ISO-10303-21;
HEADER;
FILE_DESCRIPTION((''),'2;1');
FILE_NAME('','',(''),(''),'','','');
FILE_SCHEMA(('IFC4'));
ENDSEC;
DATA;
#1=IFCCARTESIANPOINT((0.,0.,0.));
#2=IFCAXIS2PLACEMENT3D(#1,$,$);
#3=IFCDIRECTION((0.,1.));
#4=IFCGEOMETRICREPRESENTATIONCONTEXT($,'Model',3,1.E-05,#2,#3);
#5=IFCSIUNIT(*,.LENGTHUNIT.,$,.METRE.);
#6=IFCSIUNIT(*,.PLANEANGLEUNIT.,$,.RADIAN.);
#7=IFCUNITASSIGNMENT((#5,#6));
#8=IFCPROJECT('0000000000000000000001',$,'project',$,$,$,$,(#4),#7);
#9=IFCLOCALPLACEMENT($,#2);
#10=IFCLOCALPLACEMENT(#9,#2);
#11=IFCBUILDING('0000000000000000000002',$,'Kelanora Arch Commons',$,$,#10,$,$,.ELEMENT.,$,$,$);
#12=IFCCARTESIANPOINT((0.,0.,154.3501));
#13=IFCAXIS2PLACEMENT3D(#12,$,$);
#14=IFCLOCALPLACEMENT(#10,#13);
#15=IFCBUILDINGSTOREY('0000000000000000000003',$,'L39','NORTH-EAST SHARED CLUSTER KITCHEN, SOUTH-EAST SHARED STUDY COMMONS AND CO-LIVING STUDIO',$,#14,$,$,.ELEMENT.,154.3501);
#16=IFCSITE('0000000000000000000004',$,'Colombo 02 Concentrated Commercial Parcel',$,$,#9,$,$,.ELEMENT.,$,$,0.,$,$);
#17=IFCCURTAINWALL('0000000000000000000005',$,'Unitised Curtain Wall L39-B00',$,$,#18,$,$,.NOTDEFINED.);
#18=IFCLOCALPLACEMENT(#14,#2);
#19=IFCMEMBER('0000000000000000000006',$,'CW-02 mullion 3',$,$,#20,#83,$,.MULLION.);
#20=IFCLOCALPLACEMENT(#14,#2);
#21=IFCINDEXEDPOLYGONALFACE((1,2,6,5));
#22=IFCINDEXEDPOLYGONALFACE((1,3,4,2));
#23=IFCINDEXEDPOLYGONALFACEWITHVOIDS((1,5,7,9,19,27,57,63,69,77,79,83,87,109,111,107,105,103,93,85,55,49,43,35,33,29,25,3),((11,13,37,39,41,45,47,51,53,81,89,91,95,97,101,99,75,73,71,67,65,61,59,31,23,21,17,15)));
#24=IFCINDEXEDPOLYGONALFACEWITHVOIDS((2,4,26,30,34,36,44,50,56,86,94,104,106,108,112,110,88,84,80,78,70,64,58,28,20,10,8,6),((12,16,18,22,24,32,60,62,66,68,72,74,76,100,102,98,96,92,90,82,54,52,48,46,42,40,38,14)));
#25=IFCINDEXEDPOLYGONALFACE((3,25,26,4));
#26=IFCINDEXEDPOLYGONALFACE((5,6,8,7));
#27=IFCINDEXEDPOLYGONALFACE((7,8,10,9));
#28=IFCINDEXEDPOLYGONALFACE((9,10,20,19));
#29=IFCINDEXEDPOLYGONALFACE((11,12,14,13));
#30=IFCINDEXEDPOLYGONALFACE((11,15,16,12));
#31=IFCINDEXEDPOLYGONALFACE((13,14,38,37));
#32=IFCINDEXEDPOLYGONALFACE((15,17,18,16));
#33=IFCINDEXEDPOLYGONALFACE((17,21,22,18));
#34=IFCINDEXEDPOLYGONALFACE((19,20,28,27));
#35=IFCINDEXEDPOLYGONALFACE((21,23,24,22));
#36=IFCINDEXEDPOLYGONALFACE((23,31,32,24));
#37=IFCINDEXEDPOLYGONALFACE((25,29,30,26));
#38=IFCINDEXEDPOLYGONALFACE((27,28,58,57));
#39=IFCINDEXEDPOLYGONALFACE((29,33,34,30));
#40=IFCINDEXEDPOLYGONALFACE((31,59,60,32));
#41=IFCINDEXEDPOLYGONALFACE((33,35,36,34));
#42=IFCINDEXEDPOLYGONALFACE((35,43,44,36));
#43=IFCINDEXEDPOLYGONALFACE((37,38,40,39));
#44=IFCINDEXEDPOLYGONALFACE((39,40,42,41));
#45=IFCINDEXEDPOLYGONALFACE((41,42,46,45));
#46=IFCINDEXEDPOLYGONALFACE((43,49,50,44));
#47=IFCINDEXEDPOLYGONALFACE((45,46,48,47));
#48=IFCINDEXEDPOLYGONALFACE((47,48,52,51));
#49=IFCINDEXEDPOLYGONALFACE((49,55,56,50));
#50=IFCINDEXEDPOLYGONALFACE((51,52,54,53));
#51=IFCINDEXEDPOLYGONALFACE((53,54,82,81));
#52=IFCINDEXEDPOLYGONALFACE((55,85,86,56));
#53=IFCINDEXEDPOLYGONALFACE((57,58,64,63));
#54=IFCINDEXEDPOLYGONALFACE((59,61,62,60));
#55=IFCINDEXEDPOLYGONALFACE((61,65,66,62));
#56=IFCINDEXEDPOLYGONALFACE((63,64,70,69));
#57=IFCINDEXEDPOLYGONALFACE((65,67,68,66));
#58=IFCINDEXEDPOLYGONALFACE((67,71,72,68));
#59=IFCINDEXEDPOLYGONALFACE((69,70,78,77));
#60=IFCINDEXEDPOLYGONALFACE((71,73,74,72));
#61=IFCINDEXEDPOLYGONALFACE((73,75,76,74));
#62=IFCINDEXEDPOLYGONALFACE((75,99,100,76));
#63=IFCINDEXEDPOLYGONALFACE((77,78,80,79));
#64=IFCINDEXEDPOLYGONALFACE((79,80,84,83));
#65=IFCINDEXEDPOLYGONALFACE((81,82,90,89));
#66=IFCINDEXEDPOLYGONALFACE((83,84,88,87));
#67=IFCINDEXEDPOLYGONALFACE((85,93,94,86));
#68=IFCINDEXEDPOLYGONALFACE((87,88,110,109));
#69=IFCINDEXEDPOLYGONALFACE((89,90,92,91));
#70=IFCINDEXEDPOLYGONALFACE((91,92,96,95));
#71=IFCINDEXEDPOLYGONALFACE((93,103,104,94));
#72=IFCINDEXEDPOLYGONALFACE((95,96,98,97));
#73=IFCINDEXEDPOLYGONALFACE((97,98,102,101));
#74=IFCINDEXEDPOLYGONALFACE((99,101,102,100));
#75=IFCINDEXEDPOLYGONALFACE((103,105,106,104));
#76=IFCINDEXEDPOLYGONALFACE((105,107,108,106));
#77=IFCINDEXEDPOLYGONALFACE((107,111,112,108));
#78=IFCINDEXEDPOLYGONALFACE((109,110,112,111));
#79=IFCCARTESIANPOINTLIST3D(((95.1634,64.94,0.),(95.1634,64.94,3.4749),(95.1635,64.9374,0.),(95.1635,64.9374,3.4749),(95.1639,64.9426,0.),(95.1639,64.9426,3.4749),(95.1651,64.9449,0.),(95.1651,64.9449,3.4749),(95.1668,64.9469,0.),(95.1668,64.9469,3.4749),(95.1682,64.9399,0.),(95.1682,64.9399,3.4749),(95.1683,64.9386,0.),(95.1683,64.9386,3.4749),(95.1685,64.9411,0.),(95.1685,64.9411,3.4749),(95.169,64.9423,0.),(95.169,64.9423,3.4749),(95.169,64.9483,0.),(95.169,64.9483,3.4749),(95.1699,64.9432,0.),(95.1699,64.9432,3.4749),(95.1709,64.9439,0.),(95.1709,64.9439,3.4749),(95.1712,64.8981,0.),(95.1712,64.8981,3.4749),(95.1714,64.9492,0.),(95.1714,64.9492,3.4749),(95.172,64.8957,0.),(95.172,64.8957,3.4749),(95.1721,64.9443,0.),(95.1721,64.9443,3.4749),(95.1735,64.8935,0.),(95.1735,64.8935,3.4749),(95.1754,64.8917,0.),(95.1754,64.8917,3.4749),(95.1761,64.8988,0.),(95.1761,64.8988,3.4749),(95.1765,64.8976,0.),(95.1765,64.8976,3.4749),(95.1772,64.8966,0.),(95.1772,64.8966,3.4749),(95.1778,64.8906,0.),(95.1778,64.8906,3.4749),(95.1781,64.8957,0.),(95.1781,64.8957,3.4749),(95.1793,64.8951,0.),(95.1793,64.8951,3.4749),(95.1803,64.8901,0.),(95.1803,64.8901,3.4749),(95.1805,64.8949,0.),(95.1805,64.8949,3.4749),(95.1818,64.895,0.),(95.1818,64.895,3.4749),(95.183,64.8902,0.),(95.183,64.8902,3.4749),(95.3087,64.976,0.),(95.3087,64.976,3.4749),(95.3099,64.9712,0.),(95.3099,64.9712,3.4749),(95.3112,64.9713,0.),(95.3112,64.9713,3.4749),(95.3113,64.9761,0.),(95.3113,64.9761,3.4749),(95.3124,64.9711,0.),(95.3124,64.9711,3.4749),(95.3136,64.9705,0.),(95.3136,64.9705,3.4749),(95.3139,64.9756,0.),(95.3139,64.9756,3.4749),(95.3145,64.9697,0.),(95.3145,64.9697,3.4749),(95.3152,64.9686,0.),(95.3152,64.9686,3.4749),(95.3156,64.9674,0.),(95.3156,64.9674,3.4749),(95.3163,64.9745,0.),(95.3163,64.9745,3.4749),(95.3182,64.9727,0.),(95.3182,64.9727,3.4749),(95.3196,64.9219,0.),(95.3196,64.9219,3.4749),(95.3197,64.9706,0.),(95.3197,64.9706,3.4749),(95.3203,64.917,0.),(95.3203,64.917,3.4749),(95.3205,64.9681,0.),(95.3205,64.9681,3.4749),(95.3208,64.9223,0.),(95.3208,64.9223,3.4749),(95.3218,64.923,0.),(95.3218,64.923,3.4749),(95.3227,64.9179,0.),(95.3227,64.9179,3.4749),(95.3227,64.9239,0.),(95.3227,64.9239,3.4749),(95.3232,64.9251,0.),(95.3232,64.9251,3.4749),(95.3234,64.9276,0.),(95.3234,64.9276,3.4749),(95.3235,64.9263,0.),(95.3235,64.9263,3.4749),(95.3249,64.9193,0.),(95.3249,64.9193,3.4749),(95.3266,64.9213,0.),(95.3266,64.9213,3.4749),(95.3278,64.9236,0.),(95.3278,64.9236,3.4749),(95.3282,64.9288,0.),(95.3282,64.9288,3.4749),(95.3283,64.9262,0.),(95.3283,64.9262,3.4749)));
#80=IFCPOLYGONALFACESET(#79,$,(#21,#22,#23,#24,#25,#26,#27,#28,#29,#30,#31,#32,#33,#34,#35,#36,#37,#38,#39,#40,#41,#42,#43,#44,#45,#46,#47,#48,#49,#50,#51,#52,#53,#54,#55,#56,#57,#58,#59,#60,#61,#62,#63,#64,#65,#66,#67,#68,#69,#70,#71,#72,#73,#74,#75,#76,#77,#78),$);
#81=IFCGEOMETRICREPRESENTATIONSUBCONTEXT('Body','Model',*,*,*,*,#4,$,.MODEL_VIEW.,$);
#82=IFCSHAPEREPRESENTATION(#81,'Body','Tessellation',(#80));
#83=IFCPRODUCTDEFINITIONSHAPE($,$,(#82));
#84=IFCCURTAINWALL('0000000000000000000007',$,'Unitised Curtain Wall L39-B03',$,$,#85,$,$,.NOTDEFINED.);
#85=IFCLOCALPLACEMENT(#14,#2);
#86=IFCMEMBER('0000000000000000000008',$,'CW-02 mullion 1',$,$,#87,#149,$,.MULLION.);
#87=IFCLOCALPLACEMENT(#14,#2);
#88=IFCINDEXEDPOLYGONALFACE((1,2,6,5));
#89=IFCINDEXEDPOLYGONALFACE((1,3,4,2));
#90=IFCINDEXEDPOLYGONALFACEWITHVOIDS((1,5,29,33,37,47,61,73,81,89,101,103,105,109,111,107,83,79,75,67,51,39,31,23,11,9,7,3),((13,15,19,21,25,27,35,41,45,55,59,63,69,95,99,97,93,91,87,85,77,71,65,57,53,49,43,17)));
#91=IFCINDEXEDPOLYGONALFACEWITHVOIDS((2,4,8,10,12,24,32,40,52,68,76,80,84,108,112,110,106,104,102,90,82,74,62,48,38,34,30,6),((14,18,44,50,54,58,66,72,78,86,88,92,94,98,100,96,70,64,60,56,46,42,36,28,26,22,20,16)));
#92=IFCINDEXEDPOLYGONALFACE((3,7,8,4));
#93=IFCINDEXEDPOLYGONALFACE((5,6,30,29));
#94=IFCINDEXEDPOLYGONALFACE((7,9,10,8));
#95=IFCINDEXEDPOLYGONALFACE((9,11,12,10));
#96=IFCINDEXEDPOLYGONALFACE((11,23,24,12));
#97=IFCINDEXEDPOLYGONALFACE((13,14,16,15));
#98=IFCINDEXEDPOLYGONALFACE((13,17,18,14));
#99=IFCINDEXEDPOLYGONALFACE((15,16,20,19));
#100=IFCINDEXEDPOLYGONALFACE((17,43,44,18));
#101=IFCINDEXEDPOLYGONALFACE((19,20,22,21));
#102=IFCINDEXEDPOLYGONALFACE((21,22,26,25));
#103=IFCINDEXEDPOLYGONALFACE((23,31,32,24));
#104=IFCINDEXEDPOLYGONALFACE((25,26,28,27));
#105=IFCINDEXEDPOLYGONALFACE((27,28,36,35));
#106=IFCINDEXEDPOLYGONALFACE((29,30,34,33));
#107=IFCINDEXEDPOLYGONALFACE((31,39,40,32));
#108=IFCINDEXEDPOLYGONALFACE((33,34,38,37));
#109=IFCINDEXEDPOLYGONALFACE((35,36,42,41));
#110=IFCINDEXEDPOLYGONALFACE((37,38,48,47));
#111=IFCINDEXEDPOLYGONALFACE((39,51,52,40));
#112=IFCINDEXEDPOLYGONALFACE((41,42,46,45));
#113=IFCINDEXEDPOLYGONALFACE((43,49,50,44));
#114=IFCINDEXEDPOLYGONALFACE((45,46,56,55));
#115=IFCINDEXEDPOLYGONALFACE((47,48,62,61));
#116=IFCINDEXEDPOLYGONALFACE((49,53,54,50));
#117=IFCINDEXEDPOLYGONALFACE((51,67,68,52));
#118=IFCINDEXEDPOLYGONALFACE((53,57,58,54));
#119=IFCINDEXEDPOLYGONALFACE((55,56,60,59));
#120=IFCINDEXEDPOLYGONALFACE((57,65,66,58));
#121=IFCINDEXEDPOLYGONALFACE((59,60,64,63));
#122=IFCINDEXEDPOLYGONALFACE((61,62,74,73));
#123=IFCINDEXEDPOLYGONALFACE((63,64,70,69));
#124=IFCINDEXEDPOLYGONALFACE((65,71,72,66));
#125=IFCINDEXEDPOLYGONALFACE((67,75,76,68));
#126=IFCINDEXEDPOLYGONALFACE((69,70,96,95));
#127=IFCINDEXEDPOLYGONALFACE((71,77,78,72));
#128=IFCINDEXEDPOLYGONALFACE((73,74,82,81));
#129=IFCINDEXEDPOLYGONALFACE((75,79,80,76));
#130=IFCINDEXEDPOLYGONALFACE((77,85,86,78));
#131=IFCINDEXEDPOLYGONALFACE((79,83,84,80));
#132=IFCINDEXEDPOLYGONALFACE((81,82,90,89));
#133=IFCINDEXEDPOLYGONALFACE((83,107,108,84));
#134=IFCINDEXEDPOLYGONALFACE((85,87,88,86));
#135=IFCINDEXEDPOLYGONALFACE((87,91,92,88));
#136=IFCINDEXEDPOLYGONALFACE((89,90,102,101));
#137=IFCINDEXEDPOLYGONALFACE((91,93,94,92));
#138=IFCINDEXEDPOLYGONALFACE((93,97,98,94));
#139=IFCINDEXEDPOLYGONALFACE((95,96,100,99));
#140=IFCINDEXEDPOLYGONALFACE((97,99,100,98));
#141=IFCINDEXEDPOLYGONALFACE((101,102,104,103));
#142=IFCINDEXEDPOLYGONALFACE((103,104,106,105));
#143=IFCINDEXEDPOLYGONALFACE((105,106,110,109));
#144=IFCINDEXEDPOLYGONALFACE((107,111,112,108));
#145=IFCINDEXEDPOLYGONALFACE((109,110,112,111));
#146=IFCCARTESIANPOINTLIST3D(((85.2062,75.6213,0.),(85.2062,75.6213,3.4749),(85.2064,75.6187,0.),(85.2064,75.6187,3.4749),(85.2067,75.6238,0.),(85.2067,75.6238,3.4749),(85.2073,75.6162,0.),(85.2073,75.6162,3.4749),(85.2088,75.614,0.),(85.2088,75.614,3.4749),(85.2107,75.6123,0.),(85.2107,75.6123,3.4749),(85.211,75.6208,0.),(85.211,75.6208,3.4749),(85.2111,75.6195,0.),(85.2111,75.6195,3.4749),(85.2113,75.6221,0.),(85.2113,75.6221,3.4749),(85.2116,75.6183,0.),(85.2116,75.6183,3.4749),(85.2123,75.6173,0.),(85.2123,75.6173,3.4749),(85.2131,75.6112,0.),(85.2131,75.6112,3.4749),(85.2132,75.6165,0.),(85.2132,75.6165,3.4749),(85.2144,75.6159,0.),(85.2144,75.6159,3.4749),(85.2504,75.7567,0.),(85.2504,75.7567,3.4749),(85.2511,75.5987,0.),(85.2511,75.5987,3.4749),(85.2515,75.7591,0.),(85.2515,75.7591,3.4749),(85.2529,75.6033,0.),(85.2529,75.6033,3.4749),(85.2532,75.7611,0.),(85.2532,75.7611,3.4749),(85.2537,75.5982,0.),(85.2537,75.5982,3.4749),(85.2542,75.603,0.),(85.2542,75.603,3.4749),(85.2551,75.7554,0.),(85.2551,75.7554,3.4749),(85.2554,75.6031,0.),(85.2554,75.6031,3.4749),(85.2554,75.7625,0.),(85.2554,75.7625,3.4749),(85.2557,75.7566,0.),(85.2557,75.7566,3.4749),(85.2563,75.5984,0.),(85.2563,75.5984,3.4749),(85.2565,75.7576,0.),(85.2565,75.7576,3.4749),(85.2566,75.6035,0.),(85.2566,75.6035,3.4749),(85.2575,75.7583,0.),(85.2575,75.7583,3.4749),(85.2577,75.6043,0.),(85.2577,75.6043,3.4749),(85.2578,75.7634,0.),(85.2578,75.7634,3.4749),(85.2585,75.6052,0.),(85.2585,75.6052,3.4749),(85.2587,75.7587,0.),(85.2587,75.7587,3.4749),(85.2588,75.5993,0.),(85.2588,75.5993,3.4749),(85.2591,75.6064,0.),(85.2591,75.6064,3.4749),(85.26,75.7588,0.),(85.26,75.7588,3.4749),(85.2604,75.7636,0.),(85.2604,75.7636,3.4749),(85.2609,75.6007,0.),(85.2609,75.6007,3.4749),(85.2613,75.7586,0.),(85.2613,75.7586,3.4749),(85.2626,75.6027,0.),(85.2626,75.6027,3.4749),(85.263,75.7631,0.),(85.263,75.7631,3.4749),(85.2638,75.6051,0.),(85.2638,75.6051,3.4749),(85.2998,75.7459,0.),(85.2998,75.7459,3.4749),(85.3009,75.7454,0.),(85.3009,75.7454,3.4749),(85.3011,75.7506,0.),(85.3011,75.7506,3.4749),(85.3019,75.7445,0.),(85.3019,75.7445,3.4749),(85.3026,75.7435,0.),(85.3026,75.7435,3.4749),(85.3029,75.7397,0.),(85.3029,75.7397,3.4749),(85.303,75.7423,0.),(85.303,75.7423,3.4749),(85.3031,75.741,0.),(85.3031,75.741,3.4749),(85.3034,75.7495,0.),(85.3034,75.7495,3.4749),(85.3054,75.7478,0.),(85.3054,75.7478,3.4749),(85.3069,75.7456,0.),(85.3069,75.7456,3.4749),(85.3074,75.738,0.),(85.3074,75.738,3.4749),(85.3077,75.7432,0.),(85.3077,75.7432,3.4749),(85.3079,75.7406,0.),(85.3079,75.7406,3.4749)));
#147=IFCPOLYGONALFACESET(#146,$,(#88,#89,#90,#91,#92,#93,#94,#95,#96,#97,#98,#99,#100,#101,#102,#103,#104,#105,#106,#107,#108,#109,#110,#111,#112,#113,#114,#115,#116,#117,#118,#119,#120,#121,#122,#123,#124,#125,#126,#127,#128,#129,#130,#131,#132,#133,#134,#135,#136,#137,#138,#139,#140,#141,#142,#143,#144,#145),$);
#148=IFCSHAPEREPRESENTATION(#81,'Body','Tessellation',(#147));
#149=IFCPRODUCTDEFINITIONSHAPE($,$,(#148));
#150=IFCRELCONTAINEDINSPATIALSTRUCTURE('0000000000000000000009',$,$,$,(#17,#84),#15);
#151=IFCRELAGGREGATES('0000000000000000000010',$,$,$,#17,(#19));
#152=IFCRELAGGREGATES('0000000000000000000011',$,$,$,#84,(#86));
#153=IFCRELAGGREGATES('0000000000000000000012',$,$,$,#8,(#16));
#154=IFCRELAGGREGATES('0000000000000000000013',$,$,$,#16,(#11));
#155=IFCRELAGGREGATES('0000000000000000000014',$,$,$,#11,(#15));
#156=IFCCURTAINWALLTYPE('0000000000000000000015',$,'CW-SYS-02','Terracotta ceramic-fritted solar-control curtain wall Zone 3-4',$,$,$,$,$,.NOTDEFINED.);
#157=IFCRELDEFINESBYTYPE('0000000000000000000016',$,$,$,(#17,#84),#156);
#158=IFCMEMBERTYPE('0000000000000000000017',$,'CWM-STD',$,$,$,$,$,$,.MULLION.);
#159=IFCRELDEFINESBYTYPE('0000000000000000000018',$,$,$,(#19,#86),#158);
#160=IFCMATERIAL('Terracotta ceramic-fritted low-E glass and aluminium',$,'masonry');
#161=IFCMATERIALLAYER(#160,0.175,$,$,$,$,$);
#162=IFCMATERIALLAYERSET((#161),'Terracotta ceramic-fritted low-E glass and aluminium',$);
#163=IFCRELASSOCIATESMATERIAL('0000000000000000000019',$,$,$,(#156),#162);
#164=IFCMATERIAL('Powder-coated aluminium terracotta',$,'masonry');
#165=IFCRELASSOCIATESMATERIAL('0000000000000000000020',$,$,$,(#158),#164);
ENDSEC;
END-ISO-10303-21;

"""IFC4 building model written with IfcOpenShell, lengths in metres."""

from ifc_helpers import new_model, si_unit, direction, frame, origin, origin_2d, place, context, subcontext, project, spatial, hollow_rectangle, extrude, material, layer, layer_set, material_profile, profile_set, type_object, element, aggregate, save


model = new_model("IFC4")

# Units and contexts
model_context = context("Model", 3, precision=1e-05, world=origin(), true_north=direction((0.0, 1.0)))
body_context = subcontext(model_context, "Body", "Model", "MODEL_VIEW")
ifc_project = project(units=[si_unit("LENGTHUNIT", "METRE"), si_unit("PLANEANGLEUNIT", "RADIAN")], contexts=[model_context])

# Site, building, storey
site_placement = place(None, origin())
site = spatial("IfcSite", under=ifc_project, at=site_placement, Name="Colombo 02 Concentrated Commercial Parcel", CompositionType="ELEMENT", RefElevation=0.0)
building_placement = place(site_placement, origin())
building = spatial("IfcBuilding", under=site, at=building_placement, Name="Kelanora Arch Commons", CompositionType="ELEMENT")
storey_placement = place(building_placement, frame((0.0, 0.0, 154.3501)))
storey = spatial("IfcBuildingStorey", under=building, at=storey_placement, Name="L39", Description="NORTH-EAST SHARED CLUSTER KITCHEN, SOUTH-EAST SHARED STUDY COMMONS AND CO-LIVING STUDIO", CompositionType="ELEMENT", Elevation=154.3501)

# Curtain wall, member
ifc_material_1 = material(Name="Terracotta ceramic-fritted low-E glass and aluminium", Category="masonry")
ifc_layer_1 = layer(ifc_material_1, 0.175)
ifc_layer_set_1 = layer_set([ifc_layer_1], Name="Terracotta ceramic-fritted low-E glass and aluminium")
curtain_wall_type = type_object("IfcCurtainWallType", Name="CW-SYS-02", Description="Terracotta ceramic-fritted solar-control curtain wall Zone 3-4", PredefinedType="NOTDEFINED", material=ifc_layer_set_1)
curtain_wall_1_placement = place(storey_placement, origin())
curtain_wall_1 = element("IfcCurtainWall", 1, at=curtain_wall_1_placement, inside=storey, type_object=curtain_wall_type, Name="Unitised Curtain Wall L39-B00", PredefinedType="NOTDEFINED")
ifc_material_2 = material(Name="Powder-coated aluminium terracotta", Category="masonry")
ifc_material_profile_1 = material_profile(ifc_material_2, hollow_rectangle(XDim=0.1599, YDim=0.0601, WallThickness=0.0049, InnerFilletRadius=0.0049, OuterFilletRadius=0.01, at=origin_2d()), Name="CWM160x60")
ifc_profile_set_1 = profile_set([ifc_material_profile_1], Name="Powder-coated aluminium terracotta")
member_type_1 = type_object("IfcMemberType", Name="CWM-STD", PredefinedType="MULLION", material=ifc_profile_set_1)
member_1_placement = place(storey_placement, frame((95.2458, 64.9331, 0.0), z_axis=(0.0, 0.0, 1.0), x_axis=(-0.981453, -0.191705, 0.0)))
member_1 = element("IfcMember", 2, at=member_1_placement, type_object=member_type_1, Name="CW-02 mullion 3", PredefinedType="MULLION", context=body_context, shape_type="SweptSolid", body=[
    extrude(hollow_rectangle(XDim=0.1599, YDim=0.0601, WallThickness=0.0049, InnerFilletRadius=0.0049, OuterFilletRadius=0.01, at=origin_2d()), origin(), (0.0, 0.0, 1.0), 3.4749),
])
aggregate(curtain_wall_1, [member_1])

# Curtain wall, member
curtain_wall_2_placement = place(storey_placement, origin())
curtain_wall_2 = element("IfcCurtainWall", 3, at=curtain_wall_2_placement, inside=storey, type_object=curtain_wall_type, Name="Unitised Curtain Wall L39-B03", PredefinedType="NOTDEFINED")
member_2_placement = place(storey_placement, frame((85.2571, 75.6809, 0.0), z_axis=(0.0, 0.0, 1.0), x_axis=(-0.312128, -0.95004, 0.0)))
member_2 = element("IfcMember", 4, at=member_2_placement, type_object=member_type_1, Name="CW-02 mullion 1", PredefinedType="MULLION", context=body_context, shape_type="SweptSolid", body=[
    extrude(hollow_rectangle(XDim=0.1599, YDim=0.0601, WallThickness=0.0049, InnerFilletRadius=0.0049, OuterFilletRadius=0.01, at=origin_2d()), origin(), (0.0, 0.0, 1.0), 3.4749),
])
aggregate(curtain_wall_2, [member_2])

save(model, "model.ifc")
